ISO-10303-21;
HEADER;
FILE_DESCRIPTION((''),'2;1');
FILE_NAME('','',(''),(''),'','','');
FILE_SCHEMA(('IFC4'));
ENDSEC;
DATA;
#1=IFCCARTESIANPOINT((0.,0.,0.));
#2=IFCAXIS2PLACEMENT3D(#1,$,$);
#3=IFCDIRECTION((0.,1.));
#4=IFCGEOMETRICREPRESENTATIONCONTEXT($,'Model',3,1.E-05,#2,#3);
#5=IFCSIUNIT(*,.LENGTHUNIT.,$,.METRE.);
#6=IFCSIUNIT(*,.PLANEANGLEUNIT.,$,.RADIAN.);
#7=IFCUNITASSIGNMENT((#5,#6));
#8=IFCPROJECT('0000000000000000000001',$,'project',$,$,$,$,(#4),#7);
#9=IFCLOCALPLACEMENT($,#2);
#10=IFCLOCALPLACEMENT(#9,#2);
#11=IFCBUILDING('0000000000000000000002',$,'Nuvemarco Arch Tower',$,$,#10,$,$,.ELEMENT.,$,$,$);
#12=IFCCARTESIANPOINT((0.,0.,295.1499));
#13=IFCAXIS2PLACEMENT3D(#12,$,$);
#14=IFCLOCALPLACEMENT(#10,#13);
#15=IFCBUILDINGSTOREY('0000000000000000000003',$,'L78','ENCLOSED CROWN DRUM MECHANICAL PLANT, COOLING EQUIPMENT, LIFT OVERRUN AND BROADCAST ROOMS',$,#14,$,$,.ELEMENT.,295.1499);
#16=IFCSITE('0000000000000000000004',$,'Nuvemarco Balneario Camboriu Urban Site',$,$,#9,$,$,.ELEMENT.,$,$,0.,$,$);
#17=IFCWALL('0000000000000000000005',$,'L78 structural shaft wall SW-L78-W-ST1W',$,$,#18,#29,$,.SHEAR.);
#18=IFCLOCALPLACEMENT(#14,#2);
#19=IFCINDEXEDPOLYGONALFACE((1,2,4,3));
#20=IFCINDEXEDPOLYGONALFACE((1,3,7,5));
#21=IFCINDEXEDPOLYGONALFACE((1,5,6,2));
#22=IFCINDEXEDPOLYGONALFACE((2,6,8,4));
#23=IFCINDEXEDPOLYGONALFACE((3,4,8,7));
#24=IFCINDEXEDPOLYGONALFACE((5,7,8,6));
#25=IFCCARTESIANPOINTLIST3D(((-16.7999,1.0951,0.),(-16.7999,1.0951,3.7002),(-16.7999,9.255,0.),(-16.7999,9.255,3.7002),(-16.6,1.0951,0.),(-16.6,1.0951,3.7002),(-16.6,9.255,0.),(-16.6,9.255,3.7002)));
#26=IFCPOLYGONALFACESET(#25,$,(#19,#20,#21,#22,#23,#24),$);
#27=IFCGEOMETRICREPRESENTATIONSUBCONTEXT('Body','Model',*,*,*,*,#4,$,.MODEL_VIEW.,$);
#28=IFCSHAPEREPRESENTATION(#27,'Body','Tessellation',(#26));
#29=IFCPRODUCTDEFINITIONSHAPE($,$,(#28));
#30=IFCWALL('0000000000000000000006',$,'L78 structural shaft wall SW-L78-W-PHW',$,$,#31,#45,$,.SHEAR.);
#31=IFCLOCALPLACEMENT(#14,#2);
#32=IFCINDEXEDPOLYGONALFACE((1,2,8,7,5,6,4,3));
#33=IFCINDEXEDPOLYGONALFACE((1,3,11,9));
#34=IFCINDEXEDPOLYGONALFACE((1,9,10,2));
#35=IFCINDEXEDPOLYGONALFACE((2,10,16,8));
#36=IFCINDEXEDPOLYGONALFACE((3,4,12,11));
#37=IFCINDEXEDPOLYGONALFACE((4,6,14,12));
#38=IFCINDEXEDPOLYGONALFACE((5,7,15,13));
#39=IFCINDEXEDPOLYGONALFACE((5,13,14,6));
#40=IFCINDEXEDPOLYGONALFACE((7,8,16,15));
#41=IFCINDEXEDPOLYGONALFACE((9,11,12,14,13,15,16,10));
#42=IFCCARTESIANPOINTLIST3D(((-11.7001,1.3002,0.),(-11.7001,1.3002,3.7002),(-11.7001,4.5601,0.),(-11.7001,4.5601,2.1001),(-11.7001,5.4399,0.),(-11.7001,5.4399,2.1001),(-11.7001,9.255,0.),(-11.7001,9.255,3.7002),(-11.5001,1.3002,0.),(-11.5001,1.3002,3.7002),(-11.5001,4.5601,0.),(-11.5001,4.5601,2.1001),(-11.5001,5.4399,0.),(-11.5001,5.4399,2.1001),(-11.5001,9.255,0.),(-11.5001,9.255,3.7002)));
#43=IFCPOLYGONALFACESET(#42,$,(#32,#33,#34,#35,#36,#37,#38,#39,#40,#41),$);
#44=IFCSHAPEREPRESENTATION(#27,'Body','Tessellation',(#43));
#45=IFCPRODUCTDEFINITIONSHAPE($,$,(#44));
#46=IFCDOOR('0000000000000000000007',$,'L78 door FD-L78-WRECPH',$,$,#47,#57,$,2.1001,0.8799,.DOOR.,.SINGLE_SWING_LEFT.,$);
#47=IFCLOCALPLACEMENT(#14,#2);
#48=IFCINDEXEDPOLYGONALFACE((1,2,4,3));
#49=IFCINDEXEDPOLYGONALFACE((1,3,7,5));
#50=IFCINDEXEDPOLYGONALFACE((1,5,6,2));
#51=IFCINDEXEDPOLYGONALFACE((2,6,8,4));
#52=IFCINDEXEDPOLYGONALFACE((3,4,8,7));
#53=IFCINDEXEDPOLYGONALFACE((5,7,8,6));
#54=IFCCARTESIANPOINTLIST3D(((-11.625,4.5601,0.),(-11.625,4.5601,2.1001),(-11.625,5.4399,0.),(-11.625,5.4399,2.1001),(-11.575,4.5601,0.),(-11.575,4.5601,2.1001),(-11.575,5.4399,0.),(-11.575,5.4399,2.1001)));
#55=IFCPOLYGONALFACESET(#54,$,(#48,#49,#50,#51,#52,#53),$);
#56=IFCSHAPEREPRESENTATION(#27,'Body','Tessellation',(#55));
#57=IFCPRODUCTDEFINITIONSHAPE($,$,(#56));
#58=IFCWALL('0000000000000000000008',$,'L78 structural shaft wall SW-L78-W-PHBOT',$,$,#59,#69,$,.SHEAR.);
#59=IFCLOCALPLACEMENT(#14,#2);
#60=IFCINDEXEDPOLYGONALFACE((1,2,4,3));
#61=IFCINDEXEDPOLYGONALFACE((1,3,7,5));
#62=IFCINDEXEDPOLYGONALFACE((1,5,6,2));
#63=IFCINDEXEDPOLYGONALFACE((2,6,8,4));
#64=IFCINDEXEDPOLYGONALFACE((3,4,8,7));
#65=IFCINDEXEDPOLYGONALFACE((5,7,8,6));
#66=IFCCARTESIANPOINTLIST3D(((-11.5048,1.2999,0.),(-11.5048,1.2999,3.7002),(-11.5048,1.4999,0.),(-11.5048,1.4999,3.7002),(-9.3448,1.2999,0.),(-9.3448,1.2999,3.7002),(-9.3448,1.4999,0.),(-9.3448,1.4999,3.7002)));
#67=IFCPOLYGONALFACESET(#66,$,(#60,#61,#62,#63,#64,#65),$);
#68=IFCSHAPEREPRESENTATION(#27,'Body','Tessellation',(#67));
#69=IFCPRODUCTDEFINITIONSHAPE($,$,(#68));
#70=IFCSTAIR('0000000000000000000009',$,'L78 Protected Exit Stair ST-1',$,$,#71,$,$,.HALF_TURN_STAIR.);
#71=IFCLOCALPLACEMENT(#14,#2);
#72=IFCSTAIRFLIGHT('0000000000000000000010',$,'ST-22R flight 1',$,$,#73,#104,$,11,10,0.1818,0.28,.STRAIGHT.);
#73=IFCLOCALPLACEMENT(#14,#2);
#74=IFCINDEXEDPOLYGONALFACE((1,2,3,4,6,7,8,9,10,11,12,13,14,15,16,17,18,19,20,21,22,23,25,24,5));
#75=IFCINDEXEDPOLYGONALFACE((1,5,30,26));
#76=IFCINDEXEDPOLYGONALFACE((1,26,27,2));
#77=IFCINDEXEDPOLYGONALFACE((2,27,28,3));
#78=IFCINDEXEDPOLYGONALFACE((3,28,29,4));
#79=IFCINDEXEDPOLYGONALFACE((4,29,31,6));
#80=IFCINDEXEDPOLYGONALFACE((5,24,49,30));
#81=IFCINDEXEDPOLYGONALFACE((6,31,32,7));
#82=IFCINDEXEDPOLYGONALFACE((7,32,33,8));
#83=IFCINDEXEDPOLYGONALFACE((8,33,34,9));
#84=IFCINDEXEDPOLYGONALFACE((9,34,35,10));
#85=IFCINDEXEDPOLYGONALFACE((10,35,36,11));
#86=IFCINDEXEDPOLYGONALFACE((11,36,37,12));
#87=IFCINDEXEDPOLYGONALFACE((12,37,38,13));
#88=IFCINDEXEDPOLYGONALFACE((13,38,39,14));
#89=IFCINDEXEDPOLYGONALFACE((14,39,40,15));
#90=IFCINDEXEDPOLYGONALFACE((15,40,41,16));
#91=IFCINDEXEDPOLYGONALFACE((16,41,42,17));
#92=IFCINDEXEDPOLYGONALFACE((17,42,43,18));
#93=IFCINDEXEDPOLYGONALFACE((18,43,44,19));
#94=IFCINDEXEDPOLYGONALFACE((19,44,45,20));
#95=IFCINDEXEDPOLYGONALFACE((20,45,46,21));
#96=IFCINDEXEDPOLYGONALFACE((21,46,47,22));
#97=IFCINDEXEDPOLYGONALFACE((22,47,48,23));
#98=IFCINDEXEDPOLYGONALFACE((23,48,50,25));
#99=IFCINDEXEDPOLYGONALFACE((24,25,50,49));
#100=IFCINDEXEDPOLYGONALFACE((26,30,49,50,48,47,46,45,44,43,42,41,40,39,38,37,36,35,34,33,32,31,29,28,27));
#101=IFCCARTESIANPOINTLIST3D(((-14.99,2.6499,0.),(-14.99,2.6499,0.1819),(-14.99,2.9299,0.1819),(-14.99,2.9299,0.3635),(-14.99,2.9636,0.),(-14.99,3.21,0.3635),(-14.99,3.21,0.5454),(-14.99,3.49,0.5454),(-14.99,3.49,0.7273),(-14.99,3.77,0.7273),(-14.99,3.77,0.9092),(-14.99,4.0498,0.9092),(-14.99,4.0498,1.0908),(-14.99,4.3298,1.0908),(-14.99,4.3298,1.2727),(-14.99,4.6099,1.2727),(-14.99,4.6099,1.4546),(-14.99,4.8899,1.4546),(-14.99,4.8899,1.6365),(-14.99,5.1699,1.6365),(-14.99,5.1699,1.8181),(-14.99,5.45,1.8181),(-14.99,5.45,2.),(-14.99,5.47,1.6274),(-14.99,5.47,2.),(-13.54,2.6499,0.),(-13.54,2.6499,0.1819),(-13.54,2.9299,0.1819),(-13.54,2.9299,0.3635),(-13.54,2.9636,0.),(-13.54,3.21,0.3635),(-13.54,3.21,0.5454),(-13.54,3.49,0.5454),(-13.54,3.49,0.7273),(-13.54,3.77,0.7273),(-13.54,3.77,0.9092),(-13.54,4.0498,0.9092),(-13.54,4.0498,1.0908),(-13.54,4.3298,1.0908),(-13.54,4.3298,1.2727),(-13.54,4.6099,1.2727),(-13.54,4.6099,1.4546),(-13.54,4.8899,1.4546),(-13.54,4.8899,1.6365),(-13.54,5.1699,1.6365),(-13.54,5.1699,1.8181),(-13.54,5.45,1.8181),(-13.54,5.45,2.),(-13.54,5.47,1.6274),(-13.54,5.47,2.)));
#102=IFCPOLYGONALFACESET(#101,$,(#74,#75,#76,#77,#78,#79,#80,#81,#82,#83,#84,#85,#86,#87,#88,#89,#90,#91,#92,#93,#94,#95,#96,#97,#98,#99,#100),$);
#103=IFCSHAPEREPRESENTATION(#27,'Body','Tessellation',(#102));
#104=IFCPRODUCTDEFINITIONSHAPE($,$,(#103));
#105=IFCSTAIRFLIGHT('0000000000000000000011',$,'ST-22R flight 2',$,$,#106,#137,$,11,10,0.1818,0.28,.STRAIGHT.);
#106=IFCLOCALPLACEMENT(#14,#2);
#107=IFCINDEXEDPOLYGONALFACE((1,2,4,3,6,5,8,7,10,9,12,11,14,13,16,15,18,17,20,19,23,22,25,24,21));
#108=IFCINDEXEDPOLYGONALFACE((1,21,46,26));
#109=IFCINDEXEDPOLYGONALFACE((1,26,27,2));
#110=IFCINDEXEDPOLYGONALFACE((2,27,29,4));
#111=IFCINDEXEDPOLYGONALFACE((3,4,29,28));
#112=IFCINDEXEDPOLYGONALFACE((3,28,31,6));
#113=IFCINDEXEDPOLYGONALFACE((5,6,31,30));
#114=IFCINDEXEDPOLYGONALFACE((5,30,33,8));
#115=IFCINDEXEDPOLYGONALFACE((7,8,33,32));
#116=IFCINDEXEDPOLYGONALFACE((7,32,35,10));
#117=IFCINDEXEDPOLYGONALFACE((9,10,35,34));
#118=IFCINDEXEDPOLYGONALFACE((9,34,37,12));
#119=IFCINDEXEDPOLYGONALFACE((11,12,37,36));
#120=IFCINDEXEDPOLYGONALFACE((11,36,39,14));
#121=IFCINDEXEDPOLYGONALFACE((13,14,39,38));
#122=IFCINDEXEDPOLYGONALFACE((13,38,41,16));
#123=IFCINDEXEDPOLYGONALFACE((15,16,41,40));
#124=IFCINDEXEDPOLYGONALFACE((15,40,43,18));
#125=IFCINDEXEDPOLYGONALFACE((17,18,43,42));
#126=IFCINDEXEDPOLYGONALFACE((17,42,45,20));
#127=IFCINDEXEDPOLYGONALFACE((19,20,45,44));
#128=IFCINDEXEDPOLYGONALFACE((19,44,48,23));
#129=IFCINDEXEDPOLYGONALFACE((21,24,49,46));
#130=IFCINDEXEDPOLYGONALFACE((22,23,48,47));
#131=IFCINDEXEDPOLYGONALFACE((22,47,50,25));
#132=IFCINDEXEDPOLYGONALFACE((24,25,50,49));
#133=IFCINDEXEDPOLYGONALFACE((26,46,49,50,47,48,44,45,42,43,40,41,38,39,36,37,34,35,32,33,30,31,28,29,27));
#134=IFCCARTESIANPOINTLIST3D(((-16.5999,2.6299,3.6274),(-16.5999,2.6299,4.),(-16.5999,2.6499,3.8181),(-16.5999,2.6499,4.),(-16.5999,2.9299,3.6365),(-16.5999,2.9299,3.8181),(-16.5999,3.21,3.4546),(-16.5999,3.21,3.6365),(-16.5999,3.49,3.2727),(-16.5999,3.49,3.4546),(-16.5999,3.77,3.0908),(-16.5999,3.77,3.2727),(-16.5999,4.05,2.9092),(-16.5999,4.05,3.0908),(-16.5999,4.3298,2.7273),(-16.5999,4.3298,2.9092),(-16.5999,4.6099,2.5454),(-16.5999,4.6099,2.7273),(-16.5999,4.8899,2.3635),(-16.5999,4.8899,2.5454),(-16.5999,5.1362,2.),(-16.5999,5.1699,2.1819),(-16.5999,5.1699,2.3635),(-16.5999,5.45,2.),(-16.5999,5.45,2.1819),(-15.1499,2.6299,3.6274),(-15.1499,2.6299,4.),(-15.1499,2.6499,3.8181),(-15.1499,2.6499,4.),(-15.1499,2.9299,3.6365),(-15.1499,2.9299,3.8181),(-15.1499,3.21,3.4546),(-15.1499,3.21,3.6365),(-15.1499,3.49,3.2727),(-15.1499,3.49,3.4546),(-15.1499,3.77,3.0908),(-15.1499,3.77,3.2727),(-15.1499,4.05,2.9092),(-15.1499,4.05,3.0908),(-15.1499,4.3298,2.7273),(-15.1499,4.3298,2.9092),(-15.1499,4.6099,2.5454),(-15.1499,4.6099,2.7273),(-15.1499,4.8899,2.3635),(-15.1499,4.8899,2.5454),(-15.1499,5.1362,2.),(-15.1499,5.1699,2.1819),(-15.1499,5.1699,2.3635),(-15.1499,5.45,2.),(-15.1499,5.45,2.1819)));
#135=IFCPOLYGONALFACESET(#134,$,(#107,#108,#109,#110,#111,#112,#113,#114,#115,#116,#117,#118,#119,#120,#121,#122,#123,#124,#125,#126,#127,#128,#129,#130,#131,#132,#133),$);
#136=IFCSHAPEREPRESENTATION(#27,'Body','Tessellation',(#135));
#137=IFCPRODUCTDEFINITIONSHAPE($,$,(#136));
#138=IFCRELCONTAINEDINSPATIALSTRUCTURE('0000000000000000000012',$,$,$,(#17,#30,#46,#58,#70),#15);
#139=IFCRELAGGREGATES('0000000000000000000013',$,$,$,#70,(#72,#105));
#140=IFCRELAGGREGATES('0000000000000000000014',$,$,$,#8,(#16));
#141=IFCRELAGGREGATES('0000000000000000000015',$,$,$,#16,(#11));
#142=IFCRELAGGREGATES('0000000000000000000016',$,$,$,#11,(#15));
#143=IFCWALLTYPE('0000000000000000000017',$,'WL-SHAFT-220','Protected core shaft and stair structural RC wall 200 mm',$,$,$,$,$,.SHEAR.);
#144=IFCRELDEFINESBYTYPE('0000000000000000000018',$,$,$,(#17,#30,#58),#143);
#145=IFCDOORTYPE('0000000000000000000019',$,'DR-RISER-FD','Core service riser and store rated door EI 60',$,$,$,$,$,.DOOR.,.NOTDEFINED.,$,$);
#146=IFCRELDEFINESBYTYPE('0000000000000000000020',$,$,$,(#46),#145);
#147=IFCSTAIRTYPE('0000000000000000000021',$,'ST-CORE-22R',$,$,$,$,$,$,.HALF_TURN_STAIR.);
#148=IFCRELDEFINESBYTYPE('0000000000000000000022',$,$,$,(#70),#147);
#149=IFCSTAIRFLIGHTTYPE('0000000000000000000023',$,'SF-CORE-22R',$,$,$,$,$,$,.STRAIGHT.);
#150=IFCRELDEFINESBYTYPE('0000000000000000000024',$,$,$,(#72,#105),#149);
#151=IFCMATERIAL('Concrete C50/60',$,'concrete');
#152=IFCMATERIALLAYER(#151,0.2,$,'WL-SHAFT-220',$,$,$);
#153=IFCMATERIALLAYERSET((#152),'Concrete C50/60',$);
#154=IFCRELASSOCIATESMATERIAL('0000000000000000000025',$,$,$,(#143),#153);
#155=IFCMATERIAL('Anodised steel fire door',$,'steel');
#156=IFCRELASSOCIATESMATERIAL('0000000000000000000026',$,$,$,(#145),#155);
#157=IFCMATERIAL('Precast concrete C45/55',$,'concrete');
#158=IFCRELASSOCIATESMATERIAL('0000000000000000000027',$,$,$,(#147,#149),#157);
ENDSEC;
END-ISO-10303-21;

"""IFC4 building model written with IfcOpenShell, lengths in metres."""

from ifc_helpers import new_model, si_unit, direction, frame, frame_2d, origin, place, context, subcontext, project, spatial, polyline, rectangle, outline, extrude, source, transform, mapped, material, layer, layer_set, type_object, type_shapes, element, fill, aggregate, save


model = new_model("IFC4")

# Units and contexts
model_context = context("Model", 3, precision=1e-05, world=origin(), true_north=direction((0.0, 1.0)))
body_context = subcontext(model_context, "Body", "Model", "MODEL_VIEW")
ifc_project = project(units=[si_unit("LENGTHUNIT", "METRE"), si_unit("PLANEANGLEUNIT", "RADIAN")], contexts=[model_context])

# Site, building, storey
site_placement = place(None, origin())
site = spatial("IfcSite", under=ifc_project, at=site_placement, Name="Nuvemarco Balneario Camboriu Urban Site", CompositionType="ELEMENT", RefElevation=0.0)
building_placement = place(site_placement, origin())
building = spatial("IfcBuilding", under=site, at=building_placement, Name="Nuvemarco Arch Tower", CompositionType="ELEMENT")
storey_placement = place(building_placement, frame((0.0, 0.0, 295.1499)))
storey = spatial("IfcBuildingStorey", under=building, at=storey_placement, Name="L78", Description="ENCLOSED CROWN DRUM MECHANICAL PLANT, COOLING EQUIPMENT, LIFT OVERRUN AND BROADCAST ROOMS", CompositionType="ELEMENT", Elevation=295.1499)

# Shared definitions
ifc_material_1 = material(Name="Concrete C50/60", Category="concrete")

# Shared definitions
ifc_material_2 = material(Name="Precast concrete C45/55", Category="concrete")
ifc_layer_1 = layer(ifc_material_1, 0.2, Name="WL-SHAFT-220")
ifc_layer_set_1 = layer_set([ifc_layer_1], Name="Concrete C50/60")
wall_type_1 = type_object("IfcWallType", Name="WL-SHAFT-220", Description="Protected core shaft and stair structural RC wall 200 mm", PredefinedType="SHEAR", material=ifc_layer_set_1)
ifc_material_3 = material(Name="Anodised steel fire door", Category="steel")

# Wall
wall_1_placement = place(storey_placement, frame((-16.7, 1.095, 0.0), z_axis=(0.0, 0.0, 1.0), x_axis=(0.0, 1.0, 0.0)))
element("IfcWall", 1, at=wall_1_placement, inside=storey, type_object=wall_type_1, Name="L78 structural shaft wall SW-L78-W-ST1W", PredefinedType="SHEAR", context=body_context, shape_type="SweptSolid", body=[
    extrude(rectangle(XDim=8.1599, YDim=0.2, at=frame_2d((4.0801, 0.0))), origin(), (0.0, 0.0, 1.0), 3.7002),
])

# Wall, opening, door
wall_2_placement = place(storey_placement, frame((-11.6001, 1.3, 0.0), z_axis=(0.0, 0.0, 1.0), x_axis=(0.0, 1.0, 0.0)))
wall_2 = element("IfcWall", 2, at=wall_2_placement, inside=storey, type_object=wall_type_1, Name="L78 structural shaft wall SW-L78-W-PHW", PredefinedType="SHEAR", context=body_context, shape_type="SweptSolid", body=[
    extrude(rectangle(XDim=7.9548, YDim=0.2, at=frame_2d((3.9775, 0.0))), origin(), (0.0, 0.0, 1.0), 3.7002),
])
opening_1_placement = place(wall_2_placement, frame((3.26, 0.0, 0.0)))
opening_1 = element("IfcOpeningElement", 3, at=opening_1_placement, cuts=wall_2, PredefinedType="OPENING", context=body_context, shape_type="SweptSolid", body=[
    extrude(rectangle(XDim=0.8799, YDim=2.1001, at=frame_2d((0.4399, 1.05))), frame((0.0, 0.1099, 0.0), z_axis=(0.0, -1.0, 0.0), x_axis=(1.0, 0.0, 0.0)), (0.0, 0.0, 1.0), 0.22),
])
door_type_1 = type_object("IfcDoorType", Name="DR-RISER-FD", Description="Core service riser and store rated door EI 60", OperationType="NOTDEFINED", PredefinedType="DOOR", material=ifc_material_3)
shared_shape_1 = source(origin(), body_context, "Body", "SweptSolid", [
    extrude(rectangle(XDim=0.8799, YDim=2.1001, at=frame_2d((0.4399, 1.05))), frame((0.0, 0.0249, 0.0), z_axis=(0.0, -1.0, 0.0), x_axis=(1.0, 0.0, 0.0)), (0.0, 0.0, 1.0), 0.05),
])
type_shapes(door_type_1, [shared_shape_1])
door_1_placement = place(opening_1_placement, origin())
door_1 = element("IfcDoor", 4, at=door_1_placement, inside=storey, type_object=door_type_1, Name="L78 door FD-L78-WRECPH", OperationType="SINGLE_SWING_LEFT", OverallHeight=2.1001, OverallWidth=0.8799, PredefinedType="DOOR", context=body_context, shape_type="MappedRepresentation", body=[
    mapped(shared_shape_1, transform((0.0, 0.0, 0.0), scale=1.0)),
])
fill(opening_1, door_1)

# Wall
wall_3_placement = place(storey_placement, frame((-11.5049, 1.3999, 0.0), z_axis=(0.0, 0.0, 1.0), x_axis=(1.0, 0.0, 0.0)))
element("IfcWall", 5, at=wall_3_placement, inside=storey, type_object=wall_type_1, Name="L78 structural shaft wall SW-L78-W-PHBOT", PredefinedType="SHEAR", context=body_context, shape_type="SweptSolid", body=[
    extrude(rectangle(XDim=2.1599, YDim=0.2, at=frame_2d((1.0801, 0.0))), origin(), (0.0, 0.0, 1.0), 3.7002),
])

# Stair, stair flights
stair_type = type_object("IfcStairType", Name="ST-CORE-22R", PredefinedType="HALF_TURN_STAIR", material=ifc_material_2)
stair_placement = place(storey_placement, origin())
stair = element("IfcStair", 6, at=stair_placement, inside=storey, type_object=stair_type, Name="L78 Protected Exit Stair ST-1", PredefinedType="HALF_TURN_STAIR")
stair_flight_type = type_object("IfcStairFlightType", Name="SF-CORE-22R", PredefinedType="STRAIGHT", material=ifc_material_2)
stair_flight_1_placement = place(storey_placement, frame((-14.2649, 2.6499, 0.0), z_axis=(0.0, 0.0, 1.0), x_axis=(0.0, 1.0, 0.0)))
stair_flight_1 = element("IfcStairFlight", 7, at=stair_flight_1_placement, type_object=stair_flight_type, Name="ST-22R flight 1", NumberOfRisers=11, NumberOfTreads=10, PredefinedType="STRAIGHT", RiserHeight=0.1818, TreadLength=0.28, context=body_context, shape_type="SweptSolid", body=[
    extrude(outline(polyline([(0.0, 0.0), (0.0, 0.1819), (0.28, 0.1819), (0.28, 0.3635), (0.5601, 0.3635), (0.5601, 0.5454), (0.8401, 0.5454), (0.8401, 0.7273), (1.1201, 0.7273), (1.1201, 0.9092), (1.3999, 0.9092), (1.3999, 1.0908), (1.6799, 1.0908), (1.6799, 1.2727), (1.96, 1.2727), (1.96, 1.4546), (2.24, 1.4546), (2.24, 1.6365), (2.52, 1.6365), (2.52, 1.8181), (2.8, 1.8181), (2.8, 2.0), (2.8201, 2.0), (2.8201, 1.6274), (0.3137, 0.0), (0.0, 0.0)])), frame((0.0, 0.7251, 0.0), z_axis=(0.0, -1.0, 0.0), x_axis=(1.0, 0.0, 0.0)), (0.0, 0.0, 1.0), 1.45),
])
stair_flight_2_placement = place(storey_placement, frame((-15.875, 5.45, 2.0), z_axis=(0.0, 0.0, 1.0), x_axis=(0.0, -1.0, 0.0)))
stair_flight_2 = element("IfcStairFlight", 8, at=stair_flight_2_placement, type_object=stair_flight_type, Name="ST-22R flight 2", NumberOfRisers=11, NumberOfTreads=10, PredefinedType="STRAIGHT", RiserHeight=0.1818, TreadLength=0.28, context=body_context, shape_type="SweptSolid", body=[
    extrude(outline(polyline([(0.0, 0.0), (0.0, 0.1819), (0.28, 0.1819), (0.28, 0.3635), (0.5601, 0.3635), (0.5601, 0.5454), (0.8401, 0.5454), (0.8401, 0.7273), (1.1201, 0.7273), (1.1201, 0.9092), (1.3999, 0.9092), (1.3999, 1.0908), (1.6799, 1.0908), (1.6799, 1.2727), (1.96, 1.2727), (1.96, 1.4546), (2.24, 1.4546), (2.24, 1.6365), (2.52, 1.6365), (2.52, 1.8181), (2.8, 1.8181), (2.8, 2.0), (2.8201, 2.0), (2.8201, 1.6274), (0.3137, 0.0), (0.0, 0.0)])), frame((0.0, 0.7251, 0.0), z_axis=(0.0, -1.0, 0.0), x_axis=(1.0, 0.0, 0.0)), (0.0, 0.0, 1.0), 1.45),
])
aggregate(stair, [stair_flight_1, stair_flight_2])

save(model, "model.ifc")
